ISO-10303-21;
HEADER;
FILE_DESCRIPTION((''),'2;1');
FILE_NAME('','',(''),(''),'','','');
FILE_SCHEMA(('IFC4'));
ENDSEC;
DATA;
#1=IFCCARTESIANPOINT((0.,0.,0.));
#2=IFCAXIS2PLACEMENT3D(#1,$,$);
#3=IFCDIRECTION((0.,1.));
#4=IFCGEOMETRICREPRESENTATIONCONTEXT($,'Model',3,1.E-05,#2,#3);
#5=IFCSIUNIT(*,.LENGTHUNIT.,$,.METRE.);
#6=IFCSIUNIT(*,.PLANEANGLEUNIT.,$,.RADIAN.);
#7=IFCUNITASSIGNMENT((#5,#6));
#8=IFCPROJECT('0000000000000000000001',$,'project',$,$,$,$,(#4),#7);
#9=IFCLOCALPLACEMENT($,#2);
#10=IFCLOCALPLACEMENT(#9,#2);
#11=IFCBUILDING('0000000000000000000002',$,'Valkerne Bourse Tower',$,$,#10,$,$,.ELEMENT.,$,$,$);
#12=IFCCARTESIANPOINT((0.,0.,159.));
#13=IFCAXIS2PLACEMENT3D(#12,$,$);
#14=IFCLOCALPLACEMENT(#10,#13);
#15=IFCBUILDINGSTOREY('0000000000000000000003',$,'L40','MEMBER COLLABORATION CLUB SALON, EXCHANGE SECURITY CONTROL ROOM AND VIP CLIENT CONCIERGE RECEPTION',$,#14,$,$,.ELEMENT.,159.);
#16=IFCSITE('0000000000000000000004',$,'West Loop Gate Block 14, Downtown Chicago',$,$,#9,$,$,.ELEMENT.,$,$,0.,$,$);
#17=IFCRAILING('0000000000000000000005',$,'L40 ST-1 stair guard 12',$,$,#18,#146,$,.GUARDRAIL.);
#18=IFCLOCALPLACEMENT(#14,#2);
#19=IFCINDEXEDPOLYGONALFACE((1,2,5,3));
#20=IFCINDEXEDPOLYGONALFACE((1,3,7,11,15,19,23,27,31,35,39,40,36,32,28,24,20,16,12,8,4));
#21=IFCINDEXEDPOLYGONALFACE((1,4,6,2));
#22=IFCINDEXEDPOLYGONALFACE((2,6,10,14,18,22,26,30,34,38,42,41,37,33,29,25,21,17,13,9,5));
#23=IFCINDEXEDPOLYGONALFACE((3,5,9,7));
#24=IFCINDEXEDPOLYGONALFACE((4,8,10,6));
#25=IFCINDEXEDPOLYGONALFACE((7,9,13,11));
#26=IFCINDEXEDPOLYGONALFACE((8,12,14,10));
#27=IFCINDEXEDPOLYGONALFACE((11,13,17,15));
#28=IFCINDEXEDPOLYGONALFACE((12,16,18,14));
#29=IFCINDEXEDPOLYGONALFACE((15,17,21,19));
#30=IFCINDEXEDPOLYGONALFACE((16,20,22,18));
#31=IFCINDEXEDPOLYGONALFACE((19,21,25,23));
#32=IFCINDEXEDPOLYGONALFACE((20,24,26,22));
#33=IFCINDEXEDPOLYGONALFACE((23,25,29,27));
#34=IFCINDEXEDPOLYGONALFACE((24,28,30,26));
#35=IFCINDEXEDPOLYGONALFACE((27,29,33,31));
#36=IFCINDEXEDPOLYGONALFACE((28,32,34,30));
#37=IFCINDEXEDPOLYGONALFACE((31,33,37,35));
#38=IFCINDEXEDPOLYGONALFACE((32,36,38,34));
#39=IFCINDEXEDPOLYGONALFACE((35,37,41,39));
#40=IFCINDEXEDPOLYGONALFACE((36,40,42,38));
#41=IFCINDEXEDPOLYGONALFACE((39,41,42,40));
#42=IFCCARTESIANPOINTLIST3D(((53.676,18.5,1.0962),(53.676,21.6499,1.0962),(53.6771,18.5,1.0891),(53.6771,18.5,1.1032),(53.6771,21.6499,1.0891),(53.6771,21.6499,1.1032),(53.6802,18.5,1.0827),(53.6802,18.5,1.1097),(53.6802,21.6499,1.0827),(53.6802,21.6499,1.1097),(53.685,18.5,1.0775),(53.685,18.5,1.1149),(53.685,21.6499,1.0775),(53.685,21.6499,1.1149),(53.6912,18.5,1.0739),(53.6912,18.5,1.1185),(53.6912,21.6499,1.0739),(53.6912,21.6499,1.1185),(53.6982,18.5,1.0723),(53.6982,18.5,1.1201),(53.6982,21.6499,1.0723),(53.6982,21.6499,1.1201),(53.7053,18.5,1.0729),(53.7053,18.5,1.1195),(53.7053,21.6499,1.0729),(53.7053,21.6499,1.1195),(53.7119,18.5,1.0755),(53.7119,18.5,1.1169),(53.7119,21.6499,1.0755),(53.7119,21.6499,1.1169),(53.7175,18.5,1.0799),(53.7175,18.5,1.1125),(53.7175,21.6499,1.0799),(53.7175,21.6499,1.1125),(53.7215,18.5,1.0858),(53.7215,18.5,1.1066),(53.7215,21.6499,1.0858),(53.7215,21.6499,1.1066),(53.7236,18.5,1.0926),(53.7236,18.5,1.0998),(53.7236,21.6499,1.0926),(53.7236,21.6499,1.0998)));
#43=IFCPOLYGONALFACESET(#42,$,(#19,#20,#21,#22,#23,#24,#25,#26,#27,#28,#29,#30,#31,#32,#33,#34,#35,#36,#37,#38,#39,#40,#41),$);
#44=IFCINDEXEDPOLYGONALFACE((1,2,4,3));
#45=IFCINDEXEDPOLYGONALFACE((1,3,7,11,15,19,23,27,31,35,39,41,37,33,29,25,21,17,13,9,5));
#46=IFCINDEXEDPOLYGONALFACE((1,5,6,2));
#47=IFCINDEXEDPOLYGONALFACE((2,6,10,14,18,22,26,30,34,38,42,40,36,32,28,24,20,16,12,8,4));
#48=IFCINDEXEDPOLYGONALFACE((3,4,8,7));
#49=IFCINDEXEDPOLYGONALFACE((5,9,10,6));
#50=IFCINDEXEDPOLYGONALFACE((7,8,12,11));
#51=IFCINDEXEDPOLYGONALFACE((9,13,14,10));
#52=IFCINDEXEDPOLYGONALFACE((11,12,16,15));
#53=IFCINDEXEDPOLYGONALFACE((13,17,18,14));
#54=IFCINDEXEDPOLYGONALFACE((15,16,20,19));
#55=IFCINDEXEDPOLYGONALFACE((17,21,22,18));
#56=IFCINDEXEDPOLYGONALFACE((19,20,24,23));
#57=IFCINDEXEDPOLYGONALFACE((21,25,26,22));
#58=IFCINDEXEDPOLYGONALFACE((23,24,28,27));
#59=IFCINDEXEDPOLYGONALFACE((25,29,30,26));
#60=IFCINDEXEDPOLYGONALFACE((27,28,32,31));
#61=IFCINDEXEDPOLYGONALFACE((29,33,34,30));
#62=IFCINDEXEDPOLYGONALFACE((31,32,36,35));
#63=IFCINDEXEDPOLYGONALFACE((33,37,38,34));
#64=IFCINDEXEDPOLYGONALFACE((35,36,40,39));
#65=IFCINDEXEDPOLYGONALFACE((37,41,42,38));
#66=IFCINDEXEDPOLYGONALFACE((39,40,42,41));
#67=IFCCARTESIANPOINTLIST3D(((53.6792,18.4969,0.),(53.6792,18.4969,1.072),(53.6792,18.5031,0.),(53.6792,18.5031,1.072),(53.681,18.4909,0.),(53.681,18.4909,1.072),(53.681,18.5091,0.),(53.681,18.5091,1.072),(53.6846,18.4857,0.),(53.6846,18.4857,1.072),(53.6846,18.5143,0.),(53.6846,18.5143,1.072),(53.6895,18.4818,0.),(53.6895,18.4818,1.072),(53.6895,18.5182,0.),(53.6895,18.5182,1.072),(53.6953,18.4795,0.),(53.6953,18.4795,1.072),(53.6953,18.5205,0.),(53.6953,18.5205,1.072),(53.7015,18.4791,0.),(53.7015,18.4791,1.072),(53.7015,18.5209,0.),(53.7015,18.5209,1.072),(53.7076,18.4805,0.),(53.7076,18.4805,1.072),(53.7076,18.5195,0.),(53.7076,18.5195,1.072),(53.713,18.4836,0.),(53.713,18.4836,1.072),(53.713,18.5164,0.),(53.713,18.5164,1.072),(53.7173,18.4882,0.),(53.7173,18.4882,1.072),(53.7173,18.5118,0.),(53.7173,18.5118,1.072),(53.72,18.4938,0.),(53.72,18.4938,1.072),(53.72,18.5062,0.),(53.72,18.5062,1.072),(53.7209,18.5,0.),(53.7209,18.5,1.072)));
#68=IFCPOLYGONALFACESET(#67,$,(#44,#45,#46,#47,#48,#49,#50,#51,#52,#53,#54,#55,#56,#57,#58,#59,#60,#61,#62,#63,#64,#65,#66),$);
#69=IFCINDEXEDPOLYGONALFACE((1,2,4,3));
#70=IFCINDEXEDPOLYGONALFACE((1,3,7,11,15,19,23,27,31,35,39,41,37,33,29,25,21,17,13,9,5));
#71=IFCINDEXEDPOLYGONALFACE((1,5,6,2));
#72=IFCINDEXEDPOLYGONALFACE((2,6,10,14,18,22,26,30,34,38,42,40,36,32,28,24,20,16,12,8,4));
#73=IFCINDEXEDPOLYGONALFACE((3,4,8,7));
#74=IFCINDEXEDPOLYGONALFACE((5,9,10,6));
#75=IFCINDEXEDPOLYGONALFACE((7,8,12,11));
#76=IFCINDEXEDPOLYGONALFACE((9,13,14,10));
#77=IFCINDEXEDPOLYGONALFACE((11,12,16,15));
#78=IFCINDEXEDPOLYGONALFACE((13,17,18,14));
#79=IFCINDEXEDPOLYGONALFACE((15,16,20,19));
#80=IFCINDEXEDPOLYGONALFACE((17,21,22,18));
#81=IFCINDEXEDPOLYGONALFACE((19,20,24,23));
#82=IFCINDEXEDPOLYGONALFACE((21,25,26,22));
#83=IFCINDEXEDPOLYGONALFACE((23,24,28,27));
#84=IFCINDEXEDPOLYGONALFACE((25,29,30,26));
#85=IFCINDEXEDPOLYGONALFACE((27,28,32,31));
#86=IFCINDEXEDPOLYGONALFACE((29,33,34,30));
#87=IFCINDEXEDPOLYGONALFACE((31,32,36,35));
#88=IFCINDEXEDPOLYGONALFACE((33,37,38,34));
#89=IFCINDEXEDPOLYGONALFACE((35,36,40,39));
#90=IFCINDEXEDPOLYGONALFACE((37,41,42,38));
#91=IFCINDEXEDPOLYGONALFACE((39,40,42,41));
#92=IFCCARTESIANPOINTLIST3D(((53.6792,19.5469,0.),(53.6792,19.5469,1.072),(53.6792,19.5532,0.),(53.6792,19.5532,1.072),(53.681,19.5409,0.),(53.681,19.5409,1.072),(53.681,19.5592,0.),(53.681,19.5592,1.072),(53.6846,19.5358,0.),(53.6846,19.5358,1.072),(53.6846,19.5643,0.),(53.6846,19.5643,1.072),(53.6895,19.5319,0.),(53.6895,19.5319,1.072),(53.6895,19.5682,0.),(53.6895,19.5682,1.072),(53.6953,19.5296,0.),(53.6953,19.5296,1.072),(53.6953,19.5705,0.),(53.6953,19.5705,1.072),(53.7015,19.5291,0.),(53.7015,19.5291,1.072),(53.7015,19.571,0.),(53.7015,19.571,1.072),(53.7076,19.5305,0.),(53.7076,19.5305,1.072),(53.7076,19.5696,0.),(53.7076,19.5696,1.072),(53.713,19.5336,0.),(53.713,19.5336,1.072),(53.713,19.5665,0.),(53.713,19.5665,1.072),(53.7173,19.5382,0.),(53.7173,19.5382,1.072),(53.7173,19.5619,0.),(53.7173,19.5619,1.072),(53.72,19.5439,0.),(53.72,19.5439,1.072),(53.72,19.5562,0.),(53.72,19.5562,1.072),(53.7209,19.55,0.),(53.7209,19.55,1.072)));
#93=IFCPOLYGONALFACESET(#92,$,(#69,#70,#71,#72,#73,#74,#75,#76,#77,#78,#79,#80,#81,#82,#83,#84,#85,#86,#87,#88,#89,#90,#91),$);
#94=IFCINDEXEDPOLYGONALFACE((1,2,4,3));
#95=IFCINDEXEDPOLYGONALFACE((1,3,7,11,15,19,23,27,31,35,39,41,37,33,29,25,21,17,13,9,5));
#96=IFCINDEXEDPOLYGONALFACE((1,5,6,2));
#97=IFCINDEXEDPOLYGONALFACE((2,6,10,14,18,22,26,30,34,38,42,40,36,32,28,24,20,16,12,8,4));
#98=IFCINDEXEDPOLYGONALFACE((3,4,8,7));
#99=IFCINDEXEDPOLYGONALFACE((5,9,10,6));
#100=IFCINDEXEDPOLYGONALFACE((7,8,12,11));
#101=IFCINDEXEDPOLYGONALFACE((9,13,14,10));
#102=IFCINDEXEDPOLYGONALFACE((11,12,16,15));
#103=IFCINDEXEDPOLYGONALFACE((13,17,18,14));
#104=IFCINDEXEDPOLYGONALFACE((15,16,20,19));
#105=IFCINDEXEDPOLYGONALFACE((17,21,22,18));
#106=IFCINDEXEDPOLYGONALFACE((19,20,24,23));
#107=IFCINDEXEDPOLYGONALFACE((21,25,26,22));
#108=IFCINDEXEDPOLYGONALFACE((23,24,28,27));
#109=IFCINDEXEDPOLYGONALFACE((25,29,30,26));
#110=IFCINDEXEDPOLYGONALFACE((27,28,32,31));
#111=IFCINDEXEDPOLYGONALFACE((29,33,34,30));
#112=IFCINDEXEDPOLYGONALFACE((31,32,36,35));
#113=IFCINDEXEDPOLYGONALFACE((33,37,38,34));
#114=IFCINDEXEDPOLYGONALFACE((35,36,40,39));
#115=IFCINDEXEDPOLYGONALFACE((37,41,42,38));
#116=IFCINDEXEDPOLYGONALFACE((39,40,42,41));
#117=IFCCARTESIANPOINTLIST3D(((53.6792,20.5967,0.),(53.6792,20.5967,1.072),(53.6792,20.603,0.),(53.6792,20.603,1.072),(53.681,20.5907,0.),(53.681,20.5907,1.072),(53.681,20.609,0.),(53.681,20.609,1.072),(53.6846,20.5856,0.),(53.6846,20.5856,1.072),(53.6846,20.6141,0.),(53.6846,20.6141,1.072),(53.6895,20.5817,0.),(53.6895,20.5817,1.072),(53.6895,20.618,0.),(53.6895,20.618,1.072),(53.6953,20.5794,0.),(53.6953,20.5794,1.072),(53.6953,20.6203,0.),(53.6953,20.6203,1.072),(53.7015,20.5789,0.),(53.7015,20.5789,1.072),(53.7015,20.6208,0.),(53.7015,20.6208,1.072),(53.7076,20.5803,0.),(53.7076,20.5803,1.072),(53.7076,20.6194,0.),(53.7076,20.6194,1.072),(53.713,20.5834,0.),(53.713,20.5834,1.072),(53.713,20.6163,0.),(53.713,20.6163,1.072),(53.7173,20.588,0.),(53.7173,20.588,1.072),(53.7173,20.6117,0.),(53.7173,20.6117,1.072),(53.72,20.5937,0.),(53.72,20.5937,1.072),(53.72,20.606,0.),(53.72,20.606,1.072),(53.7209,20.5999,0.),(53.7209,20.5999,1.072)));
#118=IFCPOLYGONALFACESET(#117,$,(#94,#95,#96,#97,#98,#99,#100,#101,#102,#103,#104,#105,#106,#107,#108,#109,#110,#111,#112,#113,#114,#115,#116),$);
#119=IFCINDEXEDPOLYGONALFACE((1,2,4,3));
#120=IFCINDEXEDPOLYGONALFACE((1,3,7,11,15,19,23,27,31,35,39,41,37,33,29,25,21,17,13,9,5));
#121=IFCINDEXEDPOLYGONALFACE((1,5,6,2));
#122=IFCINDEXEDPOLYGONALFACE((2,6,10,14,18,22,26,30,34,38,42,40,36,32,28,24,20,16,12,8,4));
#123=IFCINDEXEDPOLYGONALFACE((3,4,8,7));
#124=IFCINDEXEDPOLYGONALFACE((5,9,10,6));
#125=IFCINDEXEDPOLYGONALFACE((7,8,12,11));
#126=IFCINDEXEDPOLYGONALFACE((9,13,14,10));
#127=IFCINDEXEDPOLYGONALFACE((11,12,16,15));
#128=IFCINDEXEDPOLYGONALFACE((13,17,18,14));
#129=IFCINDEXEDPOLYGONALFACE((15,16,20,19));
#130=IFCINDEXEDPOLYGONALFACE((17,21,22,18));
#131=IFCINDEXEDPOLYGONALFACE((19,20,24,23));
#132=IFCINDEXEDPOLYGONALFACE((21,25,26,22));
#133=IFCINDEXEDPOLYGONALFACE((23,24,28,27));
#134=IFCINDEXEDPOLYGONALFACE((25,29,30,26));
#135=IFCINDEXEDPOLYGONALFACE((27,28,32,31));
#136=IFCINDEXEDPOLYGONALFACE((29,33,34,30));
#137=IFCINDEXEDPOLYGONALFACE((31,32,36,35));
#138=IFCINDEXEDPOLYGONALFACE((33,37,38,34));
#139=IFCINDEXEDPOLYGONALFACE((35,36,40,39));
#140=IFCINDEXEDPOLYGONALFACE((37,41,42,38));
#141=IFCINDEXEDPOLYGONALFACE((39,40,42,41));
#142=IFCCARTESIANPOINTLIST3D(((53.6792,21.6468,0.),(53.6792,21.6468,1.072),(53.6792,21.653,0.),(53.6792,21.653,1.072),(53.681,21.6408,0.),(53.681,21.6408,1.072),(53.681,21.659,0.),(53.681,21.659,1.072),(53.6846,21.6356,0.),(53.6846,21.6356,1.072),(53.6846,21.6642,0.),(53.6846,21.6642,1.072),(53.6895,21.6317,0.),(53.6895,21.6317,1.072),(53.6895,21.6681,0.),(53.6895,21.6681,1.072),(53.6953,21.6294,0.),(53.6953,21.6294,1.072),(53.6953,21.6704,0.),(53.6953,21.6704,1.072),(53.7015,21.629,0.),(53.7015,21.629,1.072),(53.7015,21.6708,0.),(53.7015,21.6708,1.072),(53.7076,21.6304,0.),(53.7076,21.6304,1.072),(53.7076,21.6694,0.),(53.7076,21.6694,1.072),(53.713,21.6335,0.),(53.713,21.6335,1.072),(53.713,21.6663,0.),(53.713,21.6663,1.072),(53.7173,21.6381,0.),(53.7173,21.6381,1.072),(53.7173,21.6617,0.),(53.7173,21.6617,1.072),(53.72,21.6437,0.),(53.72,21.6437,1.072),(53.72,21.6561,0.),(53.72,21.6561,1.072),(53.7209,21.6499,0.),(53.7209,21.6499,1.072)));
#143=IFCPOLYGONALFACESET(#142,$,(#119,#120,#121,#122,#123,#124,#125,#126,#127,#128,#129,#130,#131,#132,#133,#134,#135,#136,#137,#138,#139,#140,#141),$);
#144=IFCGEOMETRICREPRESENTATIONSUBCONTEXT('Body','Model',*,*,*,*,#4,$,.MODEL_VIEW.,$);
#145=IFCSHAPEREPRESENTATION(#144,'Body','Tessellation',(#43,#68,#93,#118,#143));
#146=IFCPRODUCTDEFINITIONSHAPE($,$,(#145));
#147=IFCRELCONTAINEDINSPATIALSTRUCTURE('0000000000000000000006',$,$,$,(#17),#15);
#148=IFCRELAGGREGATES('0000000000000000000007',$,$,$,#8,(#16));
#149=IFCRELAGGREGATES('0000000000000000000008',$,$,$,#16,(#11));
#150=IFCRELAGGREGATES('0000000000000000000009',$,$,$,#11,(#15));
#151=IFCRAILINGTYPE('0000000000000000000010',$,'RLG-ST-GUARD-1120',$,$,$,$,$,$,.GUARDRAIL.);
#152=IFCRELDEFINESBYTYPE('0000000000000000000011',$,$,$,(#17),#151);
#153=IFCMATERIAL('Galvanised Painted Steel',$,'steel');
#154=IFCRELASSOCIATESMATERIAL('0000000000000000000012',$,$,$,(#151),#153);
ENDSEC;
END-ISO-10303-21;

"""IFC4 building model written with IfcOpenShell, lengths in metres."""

from ifc_helpers import new_model, si_unit, direction, frame, origin, origin_2d, place, context, subcontext, project, spatial, circle, extrude, material, type_object, element, save


model = new_model("IFC4")

# Units and contexts
model_context = context("Model", 3, precision=1e-05, world=origin(), true_north=direction((0.0, 1.0)))
body_context = subcontext(model_context, "Body", "Model", "MODEL_VIEW")
ifc_project = project(units=[si_unit("LENGTHUNIT", "METRE"), si_unit("PLANEANGLEUNIT", "RADIAN")], contexts=[model_context])

# Site, building, storey
site_placement = place(None, origin())
site = spatial("IfcSite", under=ifc_project, at=site_placement, Name="West Loop Gate Block 14, Downtown Chicago", CompositionType="ELEMENT", RefElevation=0.0)
building_placement = place(site_placement, origin())
building = spatial("IfcBuilding", under=site, at=building_placement, Name="Valkerne Bourse Tower", CompositionType="ELEMENT")
storey_placement = place(building_placement, frame((0.0, 0.0, 159.0)))
storey = spatial("IfcBuildingStorey", under=building, at=storey_placement, Name="L40", Description="MEMBER COLLABORATION CLUB SALON, EXCHANGE SECURITY CONTROL ROOM AND VIP CLIENT CONCIERGE RECEPTION", CompositionType="ELEMENT", Elevation=159.0)

# Railing
ifc_material_1 = material(Name="Galvanised Painted Steel", Category="steel")
railing_type = type_object("IfcRailingType", Name="RLG-ST-GUARD-1120", PredefinedType="GUARDRAIL", material=ifc_material_1)
railing_1_placement = place(storey_placement, frame((53.7, 18.5, 0.0)))
element("IfcRailing", 1, at=railing_1_placement, inside=storey, type_object=railing_type, Name="L40 ST-1 stair guard 12", PredefinedType="GUARDRAIL", context=body_context, shape_type="SweptSolid", body=[
    extrude(circle(Radius=0.0239, at=origin_2d()), frame((0.0, 0.0, 1.0962), z_axis=(0.0, 1.0, 0.0), x_axis=(-1.0, 0.0, 0.0)), (0.0, 0.0, 1.0), 3.1499),
    extrude(circle(Radius=0.021, at=origin_2d()), origin(), (0.0, 0.0, 1.0), 1.072),
    extrude(circle(Radius=0.021, at=origin_2d()), frame((0.0, 1.05, 0.0)), (0.0, 0.0, 1.0), 1.072),
    extrude(circle(Radius=0.021, at=origin_2d()), frame((0.0, 2.0999, 0.0)), (0.0, 0.0, 1.0), 1.072),
    extrude(circle(Radius=0.021, at=origin_2d()), frame((0.0, 3.1499, 0.0)), (0.0, 0.0, 1.0), 1.072),
])

save(model, "model.ifc")
